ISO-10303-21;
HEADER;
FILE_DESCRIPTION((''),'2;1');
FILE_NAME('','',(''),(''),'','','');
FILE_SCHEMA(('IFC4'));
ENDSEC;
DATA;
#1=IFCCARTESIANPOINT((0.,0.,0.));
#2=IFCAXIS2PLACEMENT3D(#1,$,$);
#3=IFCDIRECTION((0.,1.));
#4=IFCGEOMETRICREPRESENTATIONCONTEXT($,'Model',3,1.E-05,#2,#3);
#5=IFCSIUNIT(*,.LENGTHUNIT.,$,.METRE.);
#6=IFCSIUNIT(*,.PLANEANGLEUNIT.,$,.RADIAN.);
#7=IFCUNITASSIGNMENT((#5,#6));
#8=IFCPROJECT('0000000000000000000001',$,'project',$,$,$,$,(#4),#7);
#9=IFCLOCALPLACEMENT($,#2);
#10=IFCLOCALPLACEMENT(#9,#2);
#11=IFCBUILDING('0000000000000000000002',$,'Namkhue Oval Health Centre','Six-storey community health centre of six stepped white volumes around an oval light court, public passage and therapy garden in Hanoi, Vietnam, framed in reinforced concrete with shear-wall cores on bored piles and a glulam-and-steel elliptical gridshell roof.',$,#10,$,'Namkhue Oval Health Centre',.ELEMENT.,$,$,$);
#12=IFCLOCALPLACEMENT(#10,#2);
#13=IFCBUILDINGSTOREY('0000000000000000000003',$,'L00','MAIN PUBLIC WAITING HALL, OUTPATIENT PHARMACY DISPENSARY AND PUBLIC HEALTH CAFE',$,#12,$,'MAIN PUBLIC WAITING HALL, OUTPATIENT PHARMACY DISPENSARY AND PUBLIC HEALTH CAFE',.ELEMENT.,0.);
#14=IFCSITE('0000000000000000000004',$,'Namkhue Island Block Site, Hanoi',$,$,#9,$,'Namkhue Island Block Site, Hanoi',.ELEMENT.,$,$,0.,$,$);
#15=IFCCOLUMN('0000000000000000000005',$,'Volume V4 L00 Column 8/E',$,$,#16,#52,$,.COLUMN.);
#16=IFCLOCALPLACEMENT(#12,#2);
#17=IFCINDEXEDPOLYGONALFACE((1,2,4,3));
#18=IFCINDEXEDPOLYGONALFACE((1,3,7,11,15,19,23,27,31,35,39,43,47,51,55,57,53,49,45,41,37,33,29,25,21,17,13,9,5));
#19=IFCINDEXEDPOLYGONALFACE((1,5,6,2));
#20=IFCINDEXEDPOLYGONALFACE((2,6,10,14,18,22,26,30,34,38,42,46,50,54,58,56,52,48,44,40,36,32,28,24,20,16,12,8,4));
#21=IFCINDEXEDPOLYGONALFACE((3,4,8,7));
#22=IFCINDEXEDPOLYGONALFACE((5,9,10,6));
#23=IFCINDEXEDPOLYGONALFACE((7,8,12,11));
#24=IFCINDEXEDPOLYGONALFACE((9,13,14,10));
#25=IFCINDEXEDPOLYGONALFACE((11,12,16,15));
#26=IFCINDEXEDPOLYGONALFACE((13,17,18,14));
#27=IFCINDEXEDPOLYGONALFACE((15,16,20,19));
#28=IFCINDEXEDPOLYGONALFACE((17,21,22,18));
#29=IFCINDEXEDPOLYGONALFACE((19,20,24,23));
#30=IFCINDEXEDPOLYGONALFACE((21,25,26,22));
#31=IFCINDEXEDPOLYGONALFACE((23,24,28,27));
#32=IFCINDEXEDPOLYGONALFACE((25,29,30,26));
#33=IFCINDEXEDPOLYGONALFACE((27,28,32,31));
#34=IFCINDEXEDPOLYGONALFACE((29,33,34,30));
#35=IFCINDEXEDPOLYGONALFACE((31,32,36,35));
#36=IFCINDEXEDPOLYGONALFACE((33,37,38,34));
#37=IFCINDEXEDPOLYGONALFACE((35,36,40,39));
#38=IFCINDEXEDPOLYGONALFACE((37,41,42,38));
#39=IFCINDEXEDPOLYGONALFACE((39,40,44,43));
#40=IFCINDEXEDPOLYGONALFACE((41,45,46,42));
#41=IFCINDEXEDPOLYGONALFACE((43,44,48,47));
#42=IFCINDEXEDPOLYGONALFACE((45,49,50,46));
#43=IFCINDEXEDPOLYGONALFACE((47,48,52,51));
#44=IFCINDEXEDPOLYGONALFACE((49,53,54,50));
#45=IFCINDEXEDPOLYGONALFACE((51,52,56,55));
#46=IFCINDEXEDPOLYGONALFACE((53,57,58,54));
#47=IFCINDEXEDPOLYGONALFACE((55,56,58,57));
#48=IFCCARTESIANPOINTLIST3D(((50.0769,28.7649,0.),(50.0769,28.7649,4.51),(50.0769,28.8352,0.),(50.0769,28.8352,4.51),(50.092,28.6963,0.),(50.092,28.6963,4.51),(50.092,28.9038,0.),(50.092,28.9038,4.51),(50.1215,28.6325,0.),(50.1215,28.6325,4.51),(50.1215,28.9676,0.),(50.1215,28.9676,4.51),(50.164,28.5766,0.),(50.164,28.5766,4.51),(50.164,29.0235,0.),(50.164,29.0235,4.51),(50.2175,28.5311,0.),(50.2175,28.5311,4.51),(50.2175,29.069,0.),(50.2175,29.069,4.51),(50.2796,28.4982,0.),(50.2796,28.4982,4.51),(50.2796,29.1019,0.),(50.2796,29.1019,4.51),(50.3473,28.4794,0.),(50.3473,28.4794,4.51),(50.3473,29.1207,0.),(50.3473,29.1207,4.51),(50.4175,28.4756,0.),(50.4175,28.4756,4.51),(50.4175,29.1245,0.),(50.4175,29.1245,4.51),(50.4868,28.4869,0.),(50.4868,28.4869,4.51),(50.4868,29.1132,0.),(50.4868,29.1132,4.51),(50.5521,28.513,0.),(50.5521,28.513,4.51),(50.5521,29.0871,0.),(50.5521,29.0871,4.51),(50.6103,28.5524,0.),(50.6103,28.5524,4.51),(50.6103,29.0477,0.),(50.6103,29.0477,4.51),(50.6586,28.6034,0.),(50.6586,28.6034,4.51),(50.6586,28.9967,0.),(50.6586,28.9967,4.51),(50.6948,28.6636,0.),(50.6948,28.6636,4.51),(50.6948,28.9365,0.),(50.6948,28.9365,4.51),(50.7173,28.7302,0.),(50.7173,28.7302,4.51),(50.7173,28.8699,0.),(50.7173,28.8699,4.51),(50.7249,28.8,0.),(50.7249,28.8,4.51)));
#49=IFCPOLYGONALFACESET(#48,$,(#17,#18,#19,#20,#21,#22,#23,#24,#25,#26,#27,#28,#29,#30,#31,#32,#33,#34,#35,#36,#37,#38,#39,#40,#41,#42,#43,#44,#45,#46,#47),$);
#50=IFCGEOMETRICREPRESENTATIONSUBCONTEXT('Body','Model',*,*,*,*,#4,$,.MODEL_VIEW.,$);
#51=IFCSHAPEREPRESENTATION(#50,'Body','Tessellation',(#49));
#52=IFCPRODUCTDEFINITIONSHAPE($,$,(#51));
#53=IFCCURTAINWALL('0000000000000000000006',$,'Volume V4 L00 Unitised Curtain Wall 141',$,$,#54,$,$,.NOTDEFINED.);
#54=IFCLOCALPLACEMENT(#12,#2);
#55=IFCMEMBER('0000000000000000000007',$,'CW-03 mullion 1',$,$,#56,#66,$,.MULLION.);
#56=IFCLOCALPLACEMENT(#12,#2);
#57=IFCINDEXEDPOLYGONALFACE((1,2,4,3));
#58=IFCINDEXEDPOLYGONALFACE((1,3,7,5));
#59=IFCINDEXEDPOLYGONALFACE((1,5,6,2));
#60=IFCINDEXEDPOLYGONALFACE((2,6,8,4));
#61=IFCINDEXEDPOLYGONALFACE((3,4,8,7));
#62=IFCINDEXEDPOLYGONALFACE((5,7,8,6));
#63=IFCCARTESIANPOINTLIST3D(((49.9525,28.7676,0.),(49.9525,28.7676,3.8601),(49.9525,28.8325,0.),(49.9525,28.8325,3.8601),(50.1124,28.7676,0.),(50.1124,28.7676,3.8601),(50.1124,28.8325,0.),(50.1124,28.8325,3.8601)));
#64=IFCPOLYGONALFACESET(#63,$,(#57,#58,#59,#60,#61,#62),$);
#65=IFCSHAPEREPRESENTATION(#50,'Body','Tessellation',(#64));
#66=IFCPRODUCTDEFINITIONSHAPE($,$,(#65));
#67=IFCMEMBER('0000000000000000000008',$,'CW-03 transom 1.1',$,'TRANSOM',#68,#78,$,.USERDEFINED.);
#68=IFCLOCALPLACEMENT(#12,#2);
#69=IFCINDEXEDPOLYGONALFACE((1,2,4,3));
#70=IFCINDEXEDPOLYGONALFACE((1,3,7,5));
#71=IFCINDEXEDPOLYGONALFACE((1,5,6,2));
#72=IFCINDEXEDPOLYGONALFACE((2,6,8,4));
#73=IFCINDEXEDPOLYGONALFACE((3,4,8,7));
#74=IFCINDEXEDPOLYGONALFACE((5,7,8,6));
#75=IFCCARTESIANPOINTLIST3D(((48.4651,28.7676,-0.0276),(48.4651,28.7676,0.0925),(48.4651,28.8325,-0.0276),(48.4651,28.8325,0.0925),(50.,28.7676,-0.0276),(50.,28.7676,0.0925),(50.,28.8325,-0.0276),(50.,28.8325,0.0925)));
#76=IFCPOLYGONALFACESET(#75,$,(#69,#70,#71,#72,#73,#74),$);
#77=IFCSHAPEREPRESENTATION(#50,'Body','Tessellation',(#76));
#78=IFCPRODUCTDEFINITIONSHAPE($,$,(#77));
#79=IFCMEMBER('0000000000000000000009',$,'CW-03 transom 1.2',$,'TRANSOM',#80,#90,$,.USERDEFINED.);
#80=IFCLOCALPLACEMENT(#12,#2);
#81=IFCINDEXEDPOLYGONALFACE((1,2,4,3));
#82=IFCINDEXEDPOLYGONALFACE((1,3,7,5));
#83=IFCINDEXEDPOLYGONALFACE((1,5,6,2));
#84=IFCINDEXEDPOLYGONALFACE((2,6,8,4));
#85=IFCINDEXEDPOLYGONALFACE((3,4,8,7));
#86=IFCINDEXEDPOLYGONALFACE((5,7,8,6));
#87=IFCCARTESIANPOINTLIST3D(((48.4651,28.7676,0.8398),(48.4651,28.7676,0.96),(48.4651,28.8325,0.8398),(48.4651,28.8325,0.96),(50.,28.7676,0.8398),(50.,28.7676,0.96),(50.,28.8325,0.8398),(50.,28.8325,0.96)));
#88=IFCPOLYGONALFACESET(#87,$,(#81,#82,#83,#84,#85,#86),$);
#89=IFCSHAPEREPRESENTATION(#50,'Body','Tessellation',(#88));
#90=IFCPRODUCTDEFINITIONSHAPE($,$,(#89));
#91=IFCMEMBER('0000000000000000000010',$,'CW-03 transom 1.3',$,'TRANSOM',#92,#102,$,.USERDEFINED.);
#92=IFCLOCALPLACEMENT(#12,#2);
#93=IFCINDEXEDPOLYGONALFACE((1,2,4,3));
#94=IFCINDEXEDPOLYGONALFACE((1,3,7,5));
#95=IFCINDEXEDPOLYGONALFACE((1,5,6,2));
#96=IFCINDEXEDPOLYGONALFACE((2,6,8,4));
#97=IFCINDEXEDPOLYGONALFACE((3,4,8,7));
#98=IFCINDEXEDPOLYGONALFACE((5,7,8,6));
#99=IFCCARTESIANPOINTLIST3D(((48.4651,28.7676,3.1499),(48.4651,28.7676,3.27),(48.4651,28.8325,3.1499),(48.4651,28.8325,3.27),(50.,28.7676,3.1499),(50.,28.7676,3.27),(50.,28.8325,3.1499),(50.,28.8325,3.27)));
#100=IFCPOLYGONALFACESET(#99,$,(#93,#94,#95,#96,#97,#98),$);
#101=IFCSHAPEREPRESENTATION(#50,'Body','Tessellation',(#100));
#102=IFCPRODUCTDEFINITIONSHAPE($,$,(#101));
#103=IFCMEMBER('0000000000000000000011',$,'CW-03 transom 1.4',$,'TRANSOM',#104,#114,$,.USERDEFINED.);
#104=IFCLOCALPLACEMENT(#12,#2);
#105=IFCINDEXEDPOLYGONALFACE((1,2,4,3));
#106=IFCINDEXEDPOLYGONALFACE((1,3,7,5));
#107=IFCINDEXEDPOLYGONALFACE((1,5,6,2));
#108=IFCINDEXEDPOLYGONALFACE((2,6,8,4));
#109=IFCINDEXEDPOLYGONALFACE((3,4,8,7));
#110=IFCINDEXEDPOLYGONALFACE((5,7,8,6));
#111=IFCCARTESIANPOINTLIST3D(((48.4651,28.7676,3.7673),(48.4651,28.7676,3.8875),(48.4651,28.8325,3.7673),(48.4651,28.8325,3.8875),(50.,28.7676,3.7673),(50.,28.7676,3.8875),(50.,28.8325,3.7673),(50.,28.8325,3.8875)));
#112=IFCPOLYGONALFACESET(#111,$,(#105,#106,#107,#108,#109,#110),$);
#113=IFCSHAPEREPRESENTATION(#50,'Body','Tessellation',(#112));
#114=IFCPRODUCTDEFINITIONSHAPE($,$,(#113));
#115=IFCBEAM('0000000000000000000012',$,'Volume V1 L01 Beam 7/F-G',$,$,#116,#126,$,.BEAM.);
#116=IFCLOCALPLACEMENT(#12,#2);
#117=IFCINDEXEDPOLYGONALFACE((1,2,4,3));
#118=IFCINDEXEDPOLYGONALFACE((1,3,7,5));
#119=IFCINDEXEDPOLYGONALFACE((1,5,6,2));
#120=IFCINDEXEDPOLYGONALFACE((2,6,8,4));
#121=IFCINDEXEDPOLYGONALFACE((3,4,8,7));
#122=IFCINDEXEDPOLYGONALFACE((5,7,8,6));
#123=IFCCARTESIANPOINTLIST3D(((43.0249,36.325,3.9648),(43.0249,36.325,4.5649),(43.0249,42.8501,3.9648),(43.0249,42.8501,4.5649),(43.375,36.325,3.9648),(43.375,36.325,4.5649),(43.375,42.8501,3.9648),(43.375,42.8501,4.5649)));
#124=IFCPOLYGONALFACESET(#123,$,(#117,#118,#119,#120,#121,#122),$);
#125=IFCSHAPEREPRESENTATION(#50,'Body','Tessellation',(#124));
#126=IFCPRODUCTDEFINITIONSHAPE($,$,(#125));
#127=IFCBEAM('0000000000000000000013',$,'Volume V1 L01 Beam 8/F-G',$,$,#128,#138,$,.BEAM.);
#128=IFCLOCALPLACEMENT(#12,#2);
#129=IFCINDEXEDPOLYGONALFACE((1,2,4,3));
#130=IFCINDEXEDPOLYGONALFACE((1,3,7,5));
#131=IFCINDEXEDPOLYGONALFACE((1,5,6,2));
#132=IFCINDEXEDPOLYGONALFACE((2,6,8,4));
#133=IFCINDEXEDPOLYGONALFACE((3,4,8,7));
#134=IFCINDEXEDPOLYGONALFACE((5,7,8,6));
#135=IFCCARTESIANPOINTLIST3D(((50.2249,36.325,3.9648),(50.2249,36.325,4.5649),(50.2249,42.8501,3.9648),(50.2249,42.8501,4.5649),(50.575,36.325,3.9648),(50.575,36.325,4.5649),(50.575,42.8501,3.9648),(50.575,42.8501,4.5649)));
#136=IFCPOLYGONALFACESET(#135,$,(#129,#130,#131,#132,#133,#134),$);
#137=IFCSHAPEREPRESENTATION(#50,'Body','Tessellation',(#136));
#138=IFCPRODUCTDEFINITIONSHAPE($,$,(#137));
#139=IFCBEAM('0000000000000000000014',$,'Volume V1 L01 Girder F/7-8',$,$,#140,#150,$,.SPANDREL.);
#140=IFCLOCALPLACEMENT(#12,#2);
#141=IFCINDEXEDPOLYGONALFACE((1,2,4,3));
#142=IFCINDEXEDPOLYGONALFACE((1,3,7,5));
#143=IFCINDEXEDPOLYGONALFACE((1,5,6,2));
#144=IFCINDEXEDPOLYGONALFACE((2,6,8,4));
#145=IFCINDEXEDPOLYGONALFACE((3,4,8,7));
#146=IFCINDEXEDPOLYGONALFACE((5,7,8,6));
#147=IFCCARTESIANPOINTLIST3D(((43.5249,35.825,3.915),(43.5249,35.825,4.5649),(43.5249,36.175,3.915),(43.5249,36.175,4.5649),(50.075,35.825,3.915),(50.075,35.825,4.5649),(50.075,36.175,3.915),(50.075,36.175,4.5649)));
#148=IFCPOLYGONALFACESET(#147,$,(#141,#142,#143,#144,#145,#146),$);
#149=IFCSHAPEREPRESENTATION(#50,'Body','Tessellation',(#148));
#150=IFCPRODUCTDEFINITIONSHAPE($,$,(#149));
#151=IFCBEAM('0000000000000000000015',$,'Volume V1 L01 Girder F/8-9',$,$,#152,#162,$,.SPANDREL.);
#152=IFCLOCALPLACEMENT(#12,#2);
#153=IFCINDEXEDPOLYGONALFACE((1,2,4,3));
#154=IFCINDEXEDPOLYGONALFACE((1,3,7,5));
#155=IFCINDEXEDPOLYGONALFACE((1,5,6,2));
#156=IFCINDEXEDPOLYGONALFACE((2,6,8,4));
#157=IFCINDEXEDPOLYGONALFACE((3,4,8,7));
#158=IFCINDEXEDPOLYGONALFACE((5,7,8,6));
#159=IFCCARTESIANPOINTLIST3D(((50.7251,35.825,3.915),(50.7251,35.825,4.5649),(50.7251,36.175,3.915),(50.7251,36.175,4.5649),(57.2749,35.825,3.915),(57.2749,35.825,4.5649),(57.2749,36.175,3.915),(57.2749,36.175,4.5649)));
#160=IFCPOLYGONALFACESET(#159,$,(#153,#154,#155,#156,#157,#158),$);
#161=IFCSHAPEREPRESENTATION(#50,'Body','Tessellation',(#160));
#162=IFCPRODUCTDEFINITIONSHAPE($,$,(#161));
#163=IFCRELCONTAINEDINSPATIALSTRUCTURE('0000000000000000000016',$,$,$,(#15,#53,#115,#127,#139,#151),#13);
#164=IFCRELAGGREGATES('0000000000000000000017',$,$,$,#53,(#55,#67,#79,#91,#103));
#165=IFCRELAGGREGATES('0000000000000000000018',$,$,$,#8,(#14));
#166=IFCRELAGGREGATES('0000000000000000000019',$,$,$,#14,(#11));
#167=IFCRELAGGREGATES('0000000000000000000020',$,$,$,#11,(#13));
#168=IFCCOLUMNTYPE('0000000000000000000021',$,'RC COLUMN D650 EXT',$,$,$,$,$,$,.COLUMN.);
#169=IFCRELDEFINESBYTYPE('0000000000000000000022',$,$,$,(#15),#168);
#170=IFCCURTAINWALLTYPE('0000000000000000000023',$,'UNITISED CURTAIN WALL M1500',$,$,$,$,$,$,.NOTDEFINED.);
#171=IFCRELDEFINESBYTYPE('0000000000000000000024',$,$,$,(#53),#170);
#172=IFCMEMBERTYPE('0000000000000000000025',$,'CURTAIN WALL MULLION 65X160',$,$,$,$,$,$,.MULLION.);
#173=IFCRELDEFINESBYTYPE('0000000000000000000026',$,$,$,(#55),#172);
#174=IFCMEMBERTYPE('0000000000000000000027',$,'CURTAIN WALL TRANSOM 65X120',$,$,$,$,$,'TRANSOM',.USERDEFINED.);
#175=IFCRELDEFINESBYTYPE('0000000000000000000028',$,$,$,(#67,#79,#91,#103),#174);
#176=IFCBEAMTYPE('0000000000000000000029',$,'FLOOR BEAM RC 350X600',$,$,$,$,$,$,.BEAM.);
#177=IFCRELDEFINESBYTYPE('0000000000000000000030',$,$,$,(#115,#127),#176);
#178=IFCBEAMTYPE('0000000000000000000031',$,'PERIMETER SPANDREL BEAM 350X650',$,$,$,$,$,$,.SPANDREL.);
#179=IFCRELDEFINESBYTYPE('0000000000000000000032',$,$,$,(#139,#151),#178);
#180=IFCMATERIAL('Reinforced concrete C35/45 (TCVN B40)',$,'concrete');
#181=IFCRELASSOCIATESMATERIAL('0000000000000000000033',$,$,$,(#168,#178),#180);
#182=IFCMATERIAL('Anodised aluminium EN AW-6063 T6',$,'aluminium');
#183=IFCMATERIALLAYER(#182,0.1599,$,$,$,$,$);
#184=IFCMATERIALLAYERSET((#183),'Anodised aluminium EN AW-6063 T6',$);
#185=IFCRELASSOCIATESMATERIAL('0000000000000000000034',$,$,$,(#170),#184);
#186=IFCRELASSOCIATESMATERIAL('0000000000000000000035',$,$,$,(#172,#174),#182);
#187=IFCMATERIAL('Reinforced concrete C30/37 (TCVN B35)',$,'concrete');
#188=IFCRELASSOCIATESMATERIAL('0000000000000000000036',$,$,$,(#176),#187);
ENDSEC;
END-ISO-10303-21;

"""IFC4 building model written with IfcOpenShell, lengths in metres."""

from ifc_helpers import new_model, si_unit, direction, frame, origin, origin_2d, place, context, subcontext, project, spatial, rectangle, circle, extrude, material, layer, layer_set, material_profile, profile_set, type_object, element, aggregate, save


model = new_model("IFC4")

# Units and contexts
model_context = context("Model", 3, precision=1e-05, world=origin(), true_north=direction((0.0, 1.0)))
body_context = subcontext(model_context, "Body", "Model", "MODEL_VIEW")
ifc_project = project(units=[si_unit("LENGTHUNIT", "METRE"), si_unit("PLANEANGLEUNIT", "RADIAN")], contexts=[model_context])

# Site, building, storey
site_placement = place(None, origin())
site = spatial("IfcSite", under=ifc_project, at=site_placement, Name="Namkhue Island Block Site, Hanoi", LongName="Namkhue Island Block Site, Hanoi", CompositionType="ELEMENT", RefElevation=0.0)
building_placement = place(site_placement, origin())
building = spatial("IfcBuilding", under=site, at=building_placement, Name="Namkhue Oval Health Centre", Description="Six-storey community health centre of six stepped white volumes around an oval light court, public passage and therapy garden in Hanoi, Vietnam, framed in reinforced concrete with shear-wall cores on bored piles and a glulam-and-steel elliptical gridshell roof.", LongName="Namkhue Oval Health Centre", CompositionType="ELEMENT")
storey_placement = place(building_placement, origin())
storey = spatial("IfcBuildingStorey", under=building, at=storey_placement, Name="L00", Description="MAIN PUBLIC WAITING HALL, OUTPATIENT PHARMACY DISPENSARY AND PUBLIC HEALTH CAFE", LongName="MAIN PUBLIC WAITING HALL, OUTPATIENT PHARMACY DISPENSARY AND PUBLIC HEALTH CAFE", CompositionType="ELEMENT", Elevation=0.0)

# Shared definitions
ifc_material_1 = material(Name="Reinforced concrete C30/37 (TCVN B35)", Category="concrete")

# Column
ifc_material_2 = material(Name="Reinforced concrete C35/45 (TCVN B40)", Category="concrete")
ifc_material_profile_1 = material_profile(ifc_material_2, circle(Radius=0.325, at=origin_2d()), Name="RC D650")
ifc_profile_set_1 = profile_set([ifc_material_profile_1], Name="Reinforced concrete C35/45 (TCVN B40)")
column_type = type_object("IfcColumnType", Name="RC COLUMN D650 EXT", PredefinedType="COLUMN", material=ifc_profile_set_1)
column_placement = place(storey_placement, frame((50.3999, 28.8, 0.0), z_axis=(0.0, 0.0, 1.0), x_axis=(1.0, 0.0, 0.0)))
element("IfcColumn", 1, at=column_placement, inside=storey, type_object=column_type, Name="Volume V4 L00 Column 8/E", PredefinedType="COLUMN", context=body_context, shape_type="SweptSolid", body=[
    extrude(circle(Radius=0.325, at=origin_2d()), origin(), (0.0, 0.0, 1.0), 4.51),
])

# Curtain wall, members
ifc_material_3 = material(Name="Anodised aluminium EN AW-6063 T6", Category="aluminium")
ifc_layer_1 = layer(ifc_material_3, 0.1599)
ifc_layer_set_1 = layer_set([ifc_layer_1], Name="Anodised aluminium EN AW-6063 T6")
curtain_wall_type = type_object("IfcCurtainWallType", Name="UNITISED CURTAIN WALL M1500", PredefinedType="NOTDEFINED", material=ifc_layer_set_1)
curtain_wall_placement = place(storey_placement, origin())
curtain_wall = element("IfcCurtainWall", 2, at=curtain_wall_placement, inside=storey, type_object=curtain_wall_type, Name="Volume V4 L00 Unitised Curtain Wall 141", PredefinedType="NOTDEFINED")
ifc_material_profile_2 = material_profile(ifc_material_3, rectangle(XDim=0.0649, YDim=0.1599, at=origin_2d()), Name="ALU 65x160")
ifc_profile_set_2 = profile_set([ifc_material_profile_2], Name="Anodised aluminium EN AW-6063 T6")
member_type_1 = type_object("IfcMemberType", Name="CURTAIN WALL MULLION 65X160", PredefinedType="MULLION", material=ifc_profile_set_2)
member_1_placement = place(storey_placement, frame((50.0325, 28.8, 0.0), z_axis=(0.0, 0.0, 1.0), x_axis=(0.0, -1.0, 0.0)))
member_1 = element("IfcMember", 3, at=member_1_placement, type_object=member_type_1, Name="CW-03 mullion 1", PredefinedType="MULLION", context=body_context, shape_type="SweptSolid", body=[
    extrude(rectangle(XDim=0.0649, YDim=0.1599, at=origin_2d()), origin(), (0.0, 0.0, 1.0), 3.8601),
])
ifc_material_profile_3 = material_profile(ifc_material_3, rectangle(XDim=0.0649, YDim=0.1201, at=origin_2d()), Name="ALU 65x120")
ifc_profile_set_3 = profile_set([ifc_material_profile_3], Name="Anodised aluminium EN AW-6063 T6")
member_type_2 = type_object("IfcMemberType", Name="CURTAIN WALL TRANSOM 65X120", ElementType="TRANSOM", PredefinedType="USERDEFINED", material=ifc_profile_set_3)
member_2_placement = place(storey_placement, frame((50.0, 28.8, 0.0325), z_axis=(-1.0, 0.0, 0.0), x_axis=(0.0, -1.0, 0.0)))
member_2 = element("IfcMember", 4, at=member_2_placement, type_object=member_type_2, Name="CW-03 transom 1.1", ObjectType="TRANSOM", PredefinedType="USERDEFINED", context=body_context, shape_type="SweptSolid", body=[
    extrude(rectangle(XDim=0.0649, YDim=0.1201, at=origin_2d()), origin(), (0.0, 0.0, 1.0), 1.5349),
])
member_3_placement = place(storey_placement, frame((50.0, 28.8, 0.8999), z_axis=(-1.0, 0.0, 0.0), x_axis=(0.0, -1.0, 0.0)))
member_3 = element("IfcMember", 5, at=member_3_placement, type_object=member_type_2, Name="CW-03 transom 1.2", ObjectType="TRANSOM", PredefinedType="USERDEFINED", context=body_context, shape_type="SweptSolid", body=[
    extrude(rectangle(XDim=0.0649, YDim=0.1201, at=origin_2d()), origin(), (0.0, 0.0, 1.0), 1.5349),
])
member_4_placement = place(storey_placement, frame((50.0, 28.8, 3.21), z_axis=(-1.0, 0.0, 0.0), x_axis=(0.0, -1.0, 0.0)))
member_4 = element("IfcMember", 6, at=member_4_placement, type_object=member_type_2, Name="CW-03 transom 1.3", ObjectType="TRANSOM", PredefinedType="USERDEFINED", context=body_context, shape_type="SweptSolid", body=[
    extrude(rectangle(XDim=0.0649, YDim=0.1201, at=origin_2d()), origin(), (0.0, 0.0, 1.0), 1.5349),
])
member_5_placement = place(storey_placement, frame((50.0, 28.8, 3.8274), z_axis=(-1.0, 0.0, 0.0), x_axis=(0.0, -1.0, 0.0)))
member_5 = element("IfcMember", 7, at=member_5_placement, type_object=member_type_2, Name="CW-03 transom 1.4", ObjectType="TRANSOM", PredefinedType="USERDEFINED", context=body_context, shape_type="SweptSolid", body=[
    extrude(rectangle(XDim=0.0649, YDim=0.1201, at=origin_2d()), origin(), (0.0, 0.0, 1.0), 1.5349),
])
aggregate(curtain_wall, [member_1, member_2, member_3, member_4, member_5])

# Beams
ifc_material_profile_4 = material_profile(ifc_material_1, rectangle(XDim=0.3501, YDim=0.6001, at=origin_2d()), Name="RC 350x600")
ifc_profile_set_4 = profile_set([ifc_material_profile_4], Name="Reinforced concrete C30/37 (TCVN B35)")
beam_type_1 = type_object("IfcBeamType", Name="FLOOR BEAM RC 350X600", PredefinedType="BEAM", material=ifc_profile_set_4)
for number, where, z_axis, x_axis, name in (
    (8, (43.2, 36.325, 4.2649), (0.0, 1.0, 0.0), (-1.0, 0.0, 0.0), "Volume V1 L01 Beam 7/F-G"),
    (9, (50.3999, 36.325, 4.2649), (0.0, 1.0, 0.0), (-1.0, 0.0, 0.0), "Volume V1 L01 Beam 8/F-G"),
):
    element("IfcBeam", number, at=place(storey_placement, frame(where, z_axis=z_axis, x_axis=x_axis)), inside=storey, type_object=beam_type_1, Name=name, PredefinedType="BEAM", context=body_context, shape_type="SweptSolid", body=[
        extrude(rectangle(XDim=0.3501, YDim=0.6001, at=origin_2d()), origin(), (0.0, 0.0, 1.0), 6.5251),
    ])
ifc_material_profile_5 = material_profile(ifc_material_2, rectangle(XDim=0.3501, YDim=0.6499, at=origin_2d()), Name="RC 350x650")
ifc_profile_set_5 = profile_set([ifc_material_profile_5], Name="Reinforced concrete C35/45 (TCVN B40)")
beam_type_2 = type_object("IfcBeamType", Name="PERIMETER SPANDREL BEAM 350X650", PredefinedType="SPANDREL", material=ifc_profile_set_5)
beam_1_placement = place(storey_placement, frame((43.5249, 36.0, 4.24), z_axis=(1.0, 0.0, 0.0), x_axis=(0.0, 1.0, 0.0)))
element("IfcBeam", 10, at=beam_1_placement, inside=storey, type_object=beam_type_2, Name="Volume V1 L01 Girder F/7-8", PredefinedType="SPANDREL", context=body_context, shape_type="SweptSolid", body=[
    extrude(rectangle(XDim=0.3501, YDim=0.6499, at=origin_2d()), origin(), (0.0, 0.0, 1.0), 6.55),
])
beam_2_placement = place(storey_placement, frame((50.7251, 36.0, 4.24), z_axis=(1.0, 0.0, 0.0), x_axis=(0.0, 1.0, 0.0)))
element("IfcBeam", 11, at=beam_2_placement, inside=storey, type_object=beam_type_2, Name="Volume V1 L01 Girder F/8-9", PredefinedType="SPANDREL", context=body_context, shape_type="SweptSolid", body=[
    extrude(rectangle(XDim=0.3501, YDim=0.6499, at=origin_2d()), origin(), (0.0, 0.0, 1.0), 6.5498),
])

save(model, "model.ifc")
